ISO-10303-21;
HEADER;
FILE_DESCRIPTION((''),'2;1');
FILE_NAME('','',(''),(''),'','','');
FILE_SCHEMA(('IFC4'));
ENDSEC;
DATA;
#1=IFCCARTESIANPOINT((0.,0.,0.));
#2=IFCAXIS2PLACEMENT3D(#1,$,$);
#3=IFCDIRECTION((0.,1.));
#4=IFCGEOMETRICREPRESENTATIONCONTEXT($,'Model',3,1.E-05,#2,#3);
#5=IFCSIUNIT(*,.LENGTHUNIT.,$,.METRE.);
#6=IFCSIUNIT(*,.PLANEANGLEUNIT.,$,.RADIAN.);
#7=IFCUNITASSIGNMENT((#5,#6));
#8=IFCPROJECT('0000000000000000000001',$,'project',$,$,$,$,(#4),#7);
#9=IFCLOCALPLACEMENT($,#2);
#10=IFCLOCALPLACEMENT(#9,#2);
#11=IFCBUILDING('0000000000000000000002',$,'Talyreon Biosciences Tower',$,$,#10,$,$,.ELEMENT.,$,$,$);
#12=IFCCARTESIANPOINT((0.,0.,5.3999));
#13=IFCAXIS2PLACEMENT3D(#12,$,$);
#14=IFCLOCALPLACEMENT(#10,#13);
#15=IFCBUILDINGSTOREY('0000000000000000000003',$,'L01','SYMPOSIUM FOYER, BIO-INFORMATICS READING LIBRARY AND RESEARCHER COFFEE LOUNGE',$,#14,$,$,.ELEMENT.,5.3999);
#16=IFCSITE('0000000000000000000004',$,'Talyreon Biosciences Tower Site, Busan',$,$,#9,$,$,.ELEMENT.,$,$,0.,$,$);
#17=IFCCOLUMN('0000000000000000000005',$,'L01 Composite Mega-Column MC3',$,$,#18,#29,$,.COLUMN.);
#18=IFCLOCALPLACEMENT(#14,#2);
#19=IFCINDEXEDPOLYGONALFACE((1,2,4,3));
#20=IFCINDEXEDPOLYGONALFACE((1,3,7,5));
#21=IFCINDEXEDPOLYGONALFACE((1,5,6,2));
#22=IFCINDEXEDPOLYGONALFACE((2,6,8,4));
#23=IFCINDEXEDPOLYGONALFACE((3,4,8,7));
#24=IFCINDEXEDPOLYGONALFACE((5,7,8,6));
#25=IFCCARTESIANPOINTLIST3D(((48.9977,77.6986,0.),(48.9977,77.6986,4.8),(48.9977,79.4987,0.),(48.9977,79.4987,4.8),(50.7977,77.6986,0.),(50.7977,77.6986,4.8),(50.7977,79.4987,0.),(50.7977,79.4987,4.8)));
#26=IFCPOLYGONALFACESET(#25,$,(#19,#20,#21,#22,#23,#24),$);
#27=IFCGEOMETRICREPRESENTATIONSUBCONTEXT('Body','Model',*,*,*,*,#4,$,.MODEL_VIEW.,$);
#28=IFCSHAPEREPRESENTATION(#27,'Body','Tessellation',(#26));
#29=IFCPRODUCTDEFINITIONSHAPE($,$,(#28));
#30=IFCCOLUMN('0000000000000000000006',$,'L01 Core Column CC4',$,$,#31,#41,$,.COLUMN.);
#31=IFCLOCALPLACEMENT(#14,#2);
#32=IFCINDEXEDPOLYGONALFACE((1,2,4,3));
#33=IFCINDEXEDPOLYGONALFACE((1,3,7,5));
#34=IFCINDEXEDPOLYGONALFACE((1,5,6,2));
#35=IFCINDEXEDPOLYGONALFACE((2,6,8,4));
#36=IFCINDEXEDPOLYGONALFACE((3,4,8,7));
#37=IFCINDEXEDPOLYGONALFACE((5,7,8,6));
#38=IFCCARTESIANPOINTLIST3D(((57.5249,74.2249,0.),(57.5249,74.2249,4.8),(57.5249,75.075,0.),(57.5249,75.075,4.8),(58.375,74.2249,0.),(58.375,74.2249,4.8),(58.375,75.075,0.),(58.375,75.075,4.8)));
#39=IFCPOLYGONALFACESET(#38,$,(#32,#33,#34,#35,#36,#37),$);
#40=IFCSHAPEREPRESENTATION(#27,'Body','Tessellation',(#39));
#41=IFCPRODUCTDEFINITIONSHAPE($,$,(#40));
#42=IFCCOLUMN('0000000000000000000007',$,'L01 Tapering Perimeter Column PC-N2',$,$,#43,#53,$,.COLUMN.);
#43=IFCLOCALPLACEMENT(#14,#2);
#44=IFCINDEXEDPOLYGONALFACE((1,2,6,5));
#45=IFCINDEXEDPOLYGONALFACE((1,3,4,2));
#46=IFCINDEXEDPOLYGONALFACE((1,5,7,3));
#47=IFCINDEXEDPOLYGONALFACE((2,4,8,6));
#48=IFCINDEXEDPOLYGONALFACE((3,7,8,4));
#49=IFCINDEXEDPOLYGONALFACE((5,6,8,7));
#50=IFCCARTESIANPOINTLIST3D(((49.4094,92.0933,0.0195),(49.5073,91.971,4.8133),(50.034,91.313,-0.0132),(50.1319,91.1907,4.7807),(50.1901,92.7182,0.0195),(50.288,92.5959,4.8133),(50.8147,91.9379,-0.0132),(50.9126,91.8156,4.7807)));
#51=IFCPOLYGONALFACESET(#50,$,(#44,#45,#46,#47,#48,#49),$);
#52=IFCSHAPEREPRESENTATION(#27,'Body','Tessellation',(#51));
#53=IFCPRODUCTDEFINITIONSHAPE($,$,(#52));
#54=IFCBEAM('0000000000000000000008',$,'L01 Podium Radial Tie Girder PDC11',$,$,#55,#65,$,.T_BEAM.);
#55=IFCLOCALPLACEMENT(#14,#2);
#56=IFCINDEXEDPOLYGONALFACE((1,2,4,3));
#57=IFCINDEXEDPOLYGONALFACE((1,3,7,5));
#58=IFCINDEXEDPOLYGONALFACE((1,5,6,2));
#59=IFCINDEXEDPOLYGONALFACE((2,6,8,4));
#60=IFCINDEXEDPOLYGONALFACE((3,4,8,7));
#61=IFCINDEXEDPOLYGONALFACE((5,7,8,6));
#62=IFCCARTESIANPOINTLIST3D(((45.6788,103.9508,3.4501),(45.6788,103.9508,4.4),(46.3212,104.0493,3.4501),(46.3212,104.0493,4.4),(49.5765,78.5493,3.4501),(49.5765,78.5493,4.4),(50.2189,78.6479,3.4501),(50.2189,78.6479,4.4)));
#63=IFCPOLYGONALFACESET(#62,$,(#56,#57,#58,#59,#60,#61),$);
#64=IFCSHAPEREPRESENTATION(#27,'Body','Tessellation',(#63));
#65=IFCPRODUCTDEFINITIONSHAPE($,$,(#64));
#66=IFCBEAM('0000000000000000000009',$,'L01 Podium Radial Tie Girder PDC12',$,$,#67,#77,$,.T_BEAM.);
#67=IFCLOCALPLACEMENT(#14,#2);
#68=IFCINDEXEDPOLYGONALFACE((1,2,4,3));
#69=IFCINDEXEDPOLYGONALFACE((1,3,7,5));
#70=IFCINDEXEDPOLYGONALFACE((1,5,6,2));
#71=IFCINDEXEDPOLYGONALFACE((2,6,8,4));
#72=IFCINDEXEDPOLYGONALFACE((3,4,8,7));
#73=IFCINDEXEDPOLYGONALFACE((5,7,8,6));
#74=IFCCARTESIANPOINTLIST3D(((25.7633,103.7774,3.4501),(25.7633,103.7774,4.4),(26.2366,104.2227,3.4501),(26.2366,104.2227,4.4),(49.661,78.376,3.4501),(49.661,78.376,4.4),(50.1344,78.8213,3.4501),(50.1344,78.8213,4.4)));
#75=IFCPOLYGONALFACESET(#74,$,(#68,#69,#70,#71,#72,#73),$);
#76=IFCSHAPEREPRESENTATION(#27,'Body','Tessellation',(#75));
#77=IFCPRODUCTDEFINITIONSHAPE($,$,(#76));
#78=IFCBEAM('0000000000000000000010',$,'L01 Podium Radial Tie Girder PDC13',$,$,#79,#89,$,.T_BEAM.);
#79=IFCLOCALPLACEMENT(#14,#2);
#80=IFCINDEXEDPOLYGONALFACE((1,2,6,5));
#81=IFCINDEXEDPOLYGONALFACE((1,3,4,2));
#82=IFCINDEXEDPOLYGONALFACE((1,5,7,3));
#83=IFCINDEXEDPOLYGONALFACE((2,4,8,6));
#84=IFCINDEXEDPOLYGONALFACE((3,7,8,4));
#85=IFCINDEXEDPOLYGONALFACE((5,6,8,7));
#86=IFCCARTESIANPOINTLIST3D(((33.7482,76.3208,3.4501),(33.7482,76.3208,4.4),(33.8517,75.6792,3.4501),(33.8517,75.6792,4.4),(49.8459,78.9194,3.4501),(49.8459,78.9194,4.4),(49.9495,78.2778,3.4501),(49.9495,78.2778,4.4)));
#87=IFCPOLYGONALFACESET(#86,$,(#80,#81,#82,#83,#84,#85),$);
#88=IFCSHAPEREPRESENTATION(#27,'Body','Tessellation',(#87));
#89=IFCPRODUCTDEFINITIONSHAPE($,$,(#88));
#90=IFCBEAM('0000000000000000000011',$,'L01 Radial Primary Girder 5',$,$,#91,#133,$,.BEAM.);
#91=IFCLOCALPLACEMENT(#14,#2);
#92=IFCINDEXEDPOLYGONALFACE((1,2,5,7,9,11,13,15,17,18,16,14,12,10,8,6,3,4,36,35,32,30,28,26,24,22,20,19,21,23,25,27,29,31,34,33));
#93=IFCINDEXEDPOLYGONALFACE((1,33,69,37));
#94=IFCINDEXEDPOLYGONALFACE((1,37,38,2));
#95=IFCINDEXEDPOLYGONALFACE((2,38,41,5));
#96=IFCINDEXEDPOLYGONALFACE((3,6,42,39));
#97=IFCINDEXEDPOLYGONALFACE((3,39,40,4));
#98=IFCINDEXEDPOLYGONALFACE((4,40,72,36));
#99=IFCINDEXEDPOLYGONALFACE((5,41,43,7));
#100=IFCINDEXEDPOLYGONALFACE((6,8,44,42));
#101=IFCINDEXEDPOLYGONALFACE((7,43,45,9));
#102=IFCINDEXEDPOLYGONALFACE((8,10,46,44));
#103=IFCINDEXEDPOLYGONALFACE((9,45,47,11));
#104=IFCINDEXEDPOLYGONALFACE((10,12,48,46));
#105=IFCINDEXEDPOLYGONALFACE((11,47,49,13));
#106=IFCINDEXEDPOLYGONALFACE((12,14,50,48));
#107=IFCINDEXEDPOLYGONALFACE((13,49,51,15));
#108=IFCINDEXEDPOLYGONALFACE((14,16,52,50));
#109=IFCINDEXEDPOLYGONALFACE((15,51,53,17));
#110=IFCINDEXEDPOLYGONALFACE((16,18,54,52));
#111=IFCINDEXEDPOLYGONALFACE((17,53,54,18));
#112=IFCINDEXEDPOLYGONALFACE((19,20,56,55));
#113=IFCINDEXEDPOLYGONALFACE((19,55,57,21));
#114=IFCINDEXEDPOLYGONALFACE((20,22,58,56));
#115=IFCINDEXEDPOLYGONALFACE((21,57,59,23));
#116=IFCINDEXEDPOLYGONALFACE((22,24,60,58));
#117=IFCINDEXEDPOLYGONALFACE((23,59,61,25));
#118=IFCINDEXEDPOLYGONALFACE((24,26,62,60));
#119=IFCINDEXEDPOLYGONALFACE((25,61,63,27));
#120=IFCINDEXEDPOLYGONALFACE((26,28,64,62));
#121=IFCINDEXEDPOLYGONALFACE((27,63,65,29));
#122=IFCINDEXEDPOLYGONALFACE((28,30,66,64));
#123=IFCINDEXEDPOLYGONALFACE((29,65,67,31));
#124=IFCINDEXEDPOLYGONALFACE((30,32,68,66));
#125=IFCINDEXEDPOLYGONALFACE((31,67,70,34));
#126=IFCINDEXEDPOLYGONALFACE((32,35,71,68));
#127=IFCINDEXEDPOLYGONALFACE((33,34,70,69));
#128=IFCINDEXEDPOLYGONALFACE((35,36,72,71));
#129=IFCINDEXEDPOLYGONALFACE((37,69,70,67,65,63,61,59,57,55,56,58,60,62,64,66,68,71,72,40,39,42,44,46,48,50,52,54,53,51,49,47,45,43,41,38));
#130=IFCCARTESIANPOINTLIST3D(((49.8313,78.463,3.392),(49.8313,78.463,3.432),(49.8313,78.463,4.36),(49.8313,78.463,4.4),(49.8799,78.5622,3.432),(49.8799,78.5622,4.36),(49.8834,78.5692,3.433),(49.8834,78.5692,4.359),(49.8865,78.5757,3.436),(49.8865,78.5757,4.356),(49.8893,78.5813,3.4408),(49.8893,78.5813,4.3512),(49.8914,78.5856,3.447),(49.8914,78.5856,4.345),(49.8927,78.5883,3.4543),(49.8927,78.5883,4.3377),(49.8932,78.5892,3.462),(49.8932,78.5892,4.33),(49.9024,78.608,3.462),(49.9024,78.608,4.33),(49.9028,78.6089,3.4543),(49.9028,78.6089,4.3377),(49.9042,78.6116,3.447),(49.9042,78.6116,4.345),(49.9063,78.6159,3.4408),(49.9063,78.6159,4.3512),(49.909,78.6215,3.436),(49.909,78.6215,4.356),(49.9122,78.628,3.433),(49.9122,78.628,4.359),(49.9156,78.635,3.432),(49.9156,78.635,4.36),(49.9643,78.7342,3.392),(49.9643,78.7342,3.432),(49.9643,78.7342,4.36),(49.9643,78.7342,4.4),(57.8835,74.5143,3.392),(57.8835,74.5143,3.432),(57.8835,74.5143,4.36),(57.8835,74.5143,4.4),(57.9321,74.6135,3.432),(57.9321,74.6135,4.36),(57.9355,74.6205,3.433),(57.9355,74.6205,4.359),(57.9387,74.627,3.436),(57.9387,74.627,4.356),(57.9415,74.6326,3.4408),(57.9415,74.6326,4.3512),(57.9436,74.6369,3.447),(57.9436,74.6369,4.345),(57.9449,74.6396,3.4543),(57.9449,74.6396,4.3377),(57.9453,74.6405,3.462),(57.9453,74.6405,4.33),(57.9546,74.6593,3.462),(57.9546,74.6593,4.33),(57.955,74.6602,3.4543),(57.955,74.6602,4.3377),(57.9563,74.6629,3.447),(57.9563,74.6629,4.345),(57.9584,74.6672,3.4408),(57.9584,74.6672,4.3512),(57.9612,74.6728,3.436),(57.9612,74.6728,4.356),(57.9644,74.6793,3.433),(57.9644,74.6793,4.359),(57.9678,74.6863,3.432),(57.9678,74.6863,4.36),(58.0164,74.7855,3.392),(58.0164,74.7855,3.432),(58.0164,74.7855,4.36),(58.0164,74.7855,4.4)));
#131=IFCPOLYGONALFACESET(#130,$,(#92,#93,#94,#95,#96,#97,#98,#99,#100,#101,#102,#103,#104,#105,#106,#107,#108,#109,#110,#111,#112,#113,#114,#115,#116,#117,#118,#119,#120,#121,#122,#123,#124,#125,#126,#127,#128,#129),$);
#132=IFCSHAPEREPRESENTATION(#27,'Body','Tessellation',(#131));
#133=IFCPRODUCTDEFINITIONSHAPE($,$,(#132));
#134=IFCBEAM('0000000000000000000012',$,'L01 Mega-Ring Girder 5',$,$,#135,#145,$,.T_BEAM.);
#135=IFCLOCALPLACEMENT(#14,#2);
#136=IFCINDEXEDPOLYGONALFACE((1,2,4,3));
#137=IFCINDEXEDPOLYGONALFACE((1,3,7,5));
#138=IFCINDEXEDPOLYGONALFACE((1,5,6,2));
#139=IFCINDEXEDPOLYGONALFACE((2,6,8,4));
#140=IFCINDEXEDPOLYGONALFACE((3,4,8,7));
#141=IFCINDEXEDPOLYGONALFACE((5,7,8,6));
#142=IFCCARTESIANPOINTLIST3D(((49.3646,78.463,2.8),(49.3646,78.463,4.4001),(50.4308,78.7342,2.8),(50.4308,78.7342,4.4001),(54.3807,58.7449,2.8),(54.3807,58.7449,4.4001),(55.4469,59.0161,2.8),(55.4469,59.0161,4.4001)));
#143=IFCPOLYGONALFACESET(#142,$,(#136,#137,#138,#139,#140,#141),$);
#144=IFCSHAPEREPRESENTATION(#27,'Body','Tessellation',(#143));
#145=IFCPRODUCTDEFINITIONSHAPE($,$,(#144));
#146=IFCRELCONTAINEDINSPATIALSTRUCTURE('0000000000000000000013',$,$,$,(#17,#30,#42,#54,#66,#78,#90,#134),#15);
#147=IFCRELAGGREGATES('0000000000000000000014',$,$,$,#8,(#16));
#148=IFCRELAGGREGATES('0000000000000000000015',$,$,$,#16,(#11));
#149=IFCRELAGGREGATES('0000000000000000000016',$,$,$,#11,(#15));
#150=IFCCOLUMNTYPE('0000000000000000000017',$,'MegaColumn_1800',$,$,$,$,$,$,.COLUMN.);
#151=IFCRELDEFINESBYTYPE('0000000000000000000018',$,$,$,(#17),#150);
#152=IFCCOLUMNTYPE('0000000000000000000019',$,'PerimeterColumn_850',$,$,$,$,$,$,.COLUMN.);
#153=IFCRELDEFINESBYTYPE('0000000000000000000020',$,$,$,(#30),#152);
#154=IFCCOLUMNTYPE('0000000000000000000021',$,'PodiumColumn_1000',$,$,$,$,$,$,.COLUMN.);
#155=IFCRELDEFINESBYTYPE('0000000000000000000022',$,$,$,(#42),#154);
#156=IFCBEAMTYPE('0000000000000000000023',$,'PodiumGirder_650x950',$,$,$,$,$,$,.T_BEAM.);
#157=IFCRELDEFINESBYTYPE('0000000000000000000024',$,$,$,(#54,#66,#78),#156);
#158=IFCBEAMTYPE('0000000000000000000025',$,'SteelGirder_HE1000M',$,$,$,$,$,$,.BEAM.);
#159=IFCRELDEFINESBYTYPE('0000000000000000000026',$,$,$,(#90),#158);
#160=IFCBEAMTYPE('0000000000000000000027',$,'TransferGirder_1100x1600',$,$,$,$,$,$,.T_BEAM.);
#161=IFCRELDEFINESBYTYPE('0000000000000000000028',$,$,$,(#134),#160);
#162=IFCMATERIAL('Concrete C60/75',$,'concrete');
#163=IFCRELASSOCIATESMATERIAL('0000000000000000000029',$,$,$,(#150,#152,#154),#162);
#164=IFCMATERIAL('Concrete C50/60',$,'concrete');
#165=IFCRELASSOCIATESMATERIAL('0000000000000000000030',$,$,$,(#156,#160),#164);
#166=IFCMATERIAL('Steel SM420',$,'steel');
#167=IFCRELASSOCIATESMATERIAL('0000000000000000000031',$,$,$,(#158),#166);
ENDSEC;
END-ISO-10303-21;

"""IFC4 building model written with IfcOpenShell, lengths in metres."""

from ifc_helpers import new_model, si_unit, direction, frame, origin, origin_2d, place, context, subcontext, project, spatial, rectangle, i_section, extrude, material, material_profile, profile_set, type_object, element, save


model = new_model("IFC4")

# Units and contexts
model_context = context("Model", 3, precision=1e-05, world=origin(), true_north=direction((0.0, 1.0)))
body_context = subcontext(model_context, "Body", "Model", "MODEL_VIEW")
ifc_project = project(units=[si_unit("LENGTHUNIT", "METRE"), si_unit("PLANEANGLEUNIT", "RADIAN")], contexts=[model_context])

# Site, building, storey
site_placement = place(None, origin())
site = spatial("IfcSite", under=ifc_project, at=site_placement, Name="Talyreon Biosciences Tower Site, Busan", CompositionType="ELEMENT", RefElevation=0.0)
building_placement = place(site_placement, origin())
building = spatial("IfcBuilding", under=site, at=building_placement, Name="Talyreon Biosciences Tower", CompositionType="ELEMENT")
storey_placement = place(building_placement, frame((0.0, 0.0, 5.3999)))
storey = spatial("IfcBuildingStorey", under=building, at=storey_placement, Name="L01", Description="SYMPOSIUM FOYER, BIO-INFORMATICS READING LIBRARY AND RESEARCHER COFFEE LOUNGE", CompositionType="ELEMENT", Elevation=5.3999)

# Columns
ifc_material_1 = material(Name="Concrete C60/75", Category="concrete")
ifc_material_profile_1 = material_profile(ifc_material_1, rectangle(XDim=1.8, YDim=1.8, at=origin_2d()), Name="RC 1800x1800")
ifc_profile_set_1 = profile_set([ifc_material_profile_1], Name="Concrete C60/75")
column_type_1 = type_object("IfcColumnType", Name="MegaColumn_1800", PredefinedType="COLUMN", material=ifc_profile_set_1)
column_1_placement = place(storey_placement, frame((49.8977, 78.5986, 0.0), z_axis=(0.0, 0.0, 1.0), x_axis=(1.0, 0.0, 0.0)))
element("IfcColumn", 1, at=column_1_placement, inside=storey, type_object=column_type_1, Name="L01 Composite Mega-Column MC3", PredefinedType="COLUMN", context=body_context, shape_type="SweptSolid", body=[
    extrude(rectangle(XDim=1.8, YDim=1.8, at=origin_2d()), origin(), (0.0, 0.0, 1.0), 4.8),
])
ifc_material_profile_2 = material_profile(ifc_material_1, rectangle(XDim=0.8501, YDim=0.8501, at=origin_2d()), Name="RC 850x850")
ifc_profile_set_2 = profile_set([ifc_material_profile_2], Name="Concrete C60/75")
column_type_2 = type_object("IfcColumnType", Name="PerimeterColumn_850", PredefinedType="COLUMN", material=ifc_profile_set_2)
column_2_placement = place(storey_placement, frame((57.95, 74.6499, 0.0), z_axis=(0.0, 0.0, 1.0), x_axis=(1.0, 0.0, 0.0)))
element("IfcColumn", 2, at=column_2_placement, inside=storey, type_object=column_type_2, Name="L01 Core Column CC4", PredefinedType="COLUMN", context=body_context, shape_type="SweptSolid", body=[
    extrude(rectangle(XDim=0.8501, YDim=0.8501, at=origin_2d()), origin(), (0.0, 0.0, 1.0), 4.8),
])
ifc_material_profile_3 = material_profile(ifc_material_1, rectangle(XDim=1.0, YDim=1.0, at=origin_2d()), Name="RC 1000x1000")
ifc_profile_set_3 = profile_set([ifc_material_profile_3], Name="Concrete C60/75")
column_type_3 = type_object("IfcColumnType", Name="PodiumColumn_1000", PredefinedType="COLUMN", material=ifc_profile_set_3)
column_3_placement = place(storey_placement, frame((50.1121, 92.0156, 0.0032), z_axis=(0.020411, -0.025501, 0.999466), x_axis=(-0.780717, -0.624885, 0.0)))
element("IfcColumn", 3, at=column_3_placement, inside=storey, type_object=column_type_3, Name="L01 Tapering Perimeter Column PC-N2", PredefinedType="COLUMN", context=body_context, shape_type="SweptSolid", body=[
    extrude(rectangle(XDim=1.0, YDim=1.0, at=origin_2d()), origin(), (0.0, 0.0, 1.0), 4.7964),
])

# Beams
ifc_material_2 = material(Name="Concrete C50/60", Category="concrete")
ifc_material_profile_4 = material_profile(ifc_material_2, rectangle(XDim=0.6499, YDim=0.95, at=origin_2d()), Name="RCB 650x950")
ifc_profile_set_4 = profile_set([ifc_material_profile_4], Name="Concrete C50/60")
beam_type_1 = type_object("IfcBeamType", Name="PodiumGirder_650x950", PredefinedType="T_BEAM", material=ifc_profile_set_4)
beam_1_placement = place(storey_placement, frame((49.8977, 78.5986, 3.925), z_axis=(-0.15167, 0.988431, 0.0), x_axis=(-0.988431, -0.15167, 0.0)))
element("IfcBeam", 4, at=beam_1_placement, inside=storey, type_object=beam_type_1, Name="L01 Podium Radial Tie Girder PDC11", PredefinedType="T_BEAM", context=body_context, shape_type="SweptSolid", body=[
    extrude(rectangle(XDim=0.6499, YDim=0.95, at=origin_2d()), origin(), (0.0, 0.0, 1.0), 25.6987),
])
beam_2_placement = place(storey_placement, frame((49.8977, 78.5986, 3.925), z_axis=(-0.685221, 0.728335, 0.0), x_axis=(-0.728335, -0.685221, 0.0)))
element("IfcBeam", 5, at=beam_2_placement, inside=storey, type_object=beam_type_1, Name="L01 Podium Radial Tie Girder PDC12", PredefinedType="T_BEAM", context=body_context, shape_type="SweptSolid", body=[
    extrude(rectangle(XDim=0.6499, YDim=0.95, at=origin_2d()), origin(), (0.0, 0.0, 1.0), 34.876),
])
beam_3_placement = place(storey_placement, frame((49.8977, 78.5986, 3.925), z_axis=(-0.98722, -0.159366, 0.0), x_axis=(0.159366, -0.98722, 0.0)))
element("IfcBeam", 6, at=beam_3_placement, inside=storey, type_object=beam_type_1, Name="L01 Podium Radial Tie Girder PDC13", PredefinedType="T_BEAM", context=body_context, shape_type="SweptSolid", body=[
    extrude(rectangle(XDim=0.6499, YDim=0.95, at=origin_2d()), origin(), (0.0, 0.0, 1.0), 16.3062),
])
ifc_material_3 = material(Name="Steel SM420", Category="steel")
ifc_material_profile_5 = material_profile(ifc_material_3, i_section(OverallWidth=0.302, OverallDepth=1.0081, WebThickness=0.021, FlangeThickness=0.04, FilletRadius=0.03, at=origin_2d()), Name="HE1000M")
ifc_profile_set_5 = profile_set([ifc_material_profile_5], Name="Steel SM420")
beam_type_2 = type_object("IfcBeamType", Name="SteelGirder_HE1000M", PredefinedType="BEAM", material=ifc_profile_set_5)
beam_4_placement = place(storey_placement, frame((57.95, 74.6499, 3.896), z_axis=(-0.897852, 0.440297, 0.0), x_axis=(-0.440297, -0.897852, 0.0)))
element("IfcBeam", 7, at=beam_4_placement, inside=storey, type_object=beam_type_2, Name="L01 Radial Primary Girder 5", PredefinedType="BEAM", context=body_context, shape_type="SweptSolid", body=[
    extrude(i_section(OverallWidth=0.302, OverallDepth=1.0081, WebThickness=0.021, FlangeThickness=0.04, FilletRadius=0.03, at=origin_2d()), origin(), (0.0, 0.0, 1.0), 8.9683),
])
ifc_material_profile_6 = material_profile(ifc_material_2, rectangle(XDim=1.1001, YDim=1.6001, at=origin_2d()), Name="RCB 1100x1600")
ifc_profile_set_6 = profile_set([ifc_material_profile_6], Name="Concrete C50/60")
beam_type_3 = type_object("IfcBeamType", Name="TransferGirder_1100x1600", PredefinedType="T_BEAM", material=ifc_profile_set_6)
beam_5_placement = place(storey_placement, frame((49.8977, 78.5986, 3.6001), z_axis=(0.246537, -0.969133, 0.0), x_axis=(0.969133, 0.246537, 0.0)))
element("IfcBeam", 8, at=beam_5_placement, inside=storey, type_object=beam_type_3, Name="L01 Mega-Ring Girder 5", PredefinedType="T_BEAM", context=body_context, shape_type="SweptSolid", body=[
    extrude(rectangle(XDim=1.1001, YDim=1.6001, at=origin_2d()), origin(), (0.0, 0.0, 1.0), 20.3462),
])

save(model, "model.ifc")
